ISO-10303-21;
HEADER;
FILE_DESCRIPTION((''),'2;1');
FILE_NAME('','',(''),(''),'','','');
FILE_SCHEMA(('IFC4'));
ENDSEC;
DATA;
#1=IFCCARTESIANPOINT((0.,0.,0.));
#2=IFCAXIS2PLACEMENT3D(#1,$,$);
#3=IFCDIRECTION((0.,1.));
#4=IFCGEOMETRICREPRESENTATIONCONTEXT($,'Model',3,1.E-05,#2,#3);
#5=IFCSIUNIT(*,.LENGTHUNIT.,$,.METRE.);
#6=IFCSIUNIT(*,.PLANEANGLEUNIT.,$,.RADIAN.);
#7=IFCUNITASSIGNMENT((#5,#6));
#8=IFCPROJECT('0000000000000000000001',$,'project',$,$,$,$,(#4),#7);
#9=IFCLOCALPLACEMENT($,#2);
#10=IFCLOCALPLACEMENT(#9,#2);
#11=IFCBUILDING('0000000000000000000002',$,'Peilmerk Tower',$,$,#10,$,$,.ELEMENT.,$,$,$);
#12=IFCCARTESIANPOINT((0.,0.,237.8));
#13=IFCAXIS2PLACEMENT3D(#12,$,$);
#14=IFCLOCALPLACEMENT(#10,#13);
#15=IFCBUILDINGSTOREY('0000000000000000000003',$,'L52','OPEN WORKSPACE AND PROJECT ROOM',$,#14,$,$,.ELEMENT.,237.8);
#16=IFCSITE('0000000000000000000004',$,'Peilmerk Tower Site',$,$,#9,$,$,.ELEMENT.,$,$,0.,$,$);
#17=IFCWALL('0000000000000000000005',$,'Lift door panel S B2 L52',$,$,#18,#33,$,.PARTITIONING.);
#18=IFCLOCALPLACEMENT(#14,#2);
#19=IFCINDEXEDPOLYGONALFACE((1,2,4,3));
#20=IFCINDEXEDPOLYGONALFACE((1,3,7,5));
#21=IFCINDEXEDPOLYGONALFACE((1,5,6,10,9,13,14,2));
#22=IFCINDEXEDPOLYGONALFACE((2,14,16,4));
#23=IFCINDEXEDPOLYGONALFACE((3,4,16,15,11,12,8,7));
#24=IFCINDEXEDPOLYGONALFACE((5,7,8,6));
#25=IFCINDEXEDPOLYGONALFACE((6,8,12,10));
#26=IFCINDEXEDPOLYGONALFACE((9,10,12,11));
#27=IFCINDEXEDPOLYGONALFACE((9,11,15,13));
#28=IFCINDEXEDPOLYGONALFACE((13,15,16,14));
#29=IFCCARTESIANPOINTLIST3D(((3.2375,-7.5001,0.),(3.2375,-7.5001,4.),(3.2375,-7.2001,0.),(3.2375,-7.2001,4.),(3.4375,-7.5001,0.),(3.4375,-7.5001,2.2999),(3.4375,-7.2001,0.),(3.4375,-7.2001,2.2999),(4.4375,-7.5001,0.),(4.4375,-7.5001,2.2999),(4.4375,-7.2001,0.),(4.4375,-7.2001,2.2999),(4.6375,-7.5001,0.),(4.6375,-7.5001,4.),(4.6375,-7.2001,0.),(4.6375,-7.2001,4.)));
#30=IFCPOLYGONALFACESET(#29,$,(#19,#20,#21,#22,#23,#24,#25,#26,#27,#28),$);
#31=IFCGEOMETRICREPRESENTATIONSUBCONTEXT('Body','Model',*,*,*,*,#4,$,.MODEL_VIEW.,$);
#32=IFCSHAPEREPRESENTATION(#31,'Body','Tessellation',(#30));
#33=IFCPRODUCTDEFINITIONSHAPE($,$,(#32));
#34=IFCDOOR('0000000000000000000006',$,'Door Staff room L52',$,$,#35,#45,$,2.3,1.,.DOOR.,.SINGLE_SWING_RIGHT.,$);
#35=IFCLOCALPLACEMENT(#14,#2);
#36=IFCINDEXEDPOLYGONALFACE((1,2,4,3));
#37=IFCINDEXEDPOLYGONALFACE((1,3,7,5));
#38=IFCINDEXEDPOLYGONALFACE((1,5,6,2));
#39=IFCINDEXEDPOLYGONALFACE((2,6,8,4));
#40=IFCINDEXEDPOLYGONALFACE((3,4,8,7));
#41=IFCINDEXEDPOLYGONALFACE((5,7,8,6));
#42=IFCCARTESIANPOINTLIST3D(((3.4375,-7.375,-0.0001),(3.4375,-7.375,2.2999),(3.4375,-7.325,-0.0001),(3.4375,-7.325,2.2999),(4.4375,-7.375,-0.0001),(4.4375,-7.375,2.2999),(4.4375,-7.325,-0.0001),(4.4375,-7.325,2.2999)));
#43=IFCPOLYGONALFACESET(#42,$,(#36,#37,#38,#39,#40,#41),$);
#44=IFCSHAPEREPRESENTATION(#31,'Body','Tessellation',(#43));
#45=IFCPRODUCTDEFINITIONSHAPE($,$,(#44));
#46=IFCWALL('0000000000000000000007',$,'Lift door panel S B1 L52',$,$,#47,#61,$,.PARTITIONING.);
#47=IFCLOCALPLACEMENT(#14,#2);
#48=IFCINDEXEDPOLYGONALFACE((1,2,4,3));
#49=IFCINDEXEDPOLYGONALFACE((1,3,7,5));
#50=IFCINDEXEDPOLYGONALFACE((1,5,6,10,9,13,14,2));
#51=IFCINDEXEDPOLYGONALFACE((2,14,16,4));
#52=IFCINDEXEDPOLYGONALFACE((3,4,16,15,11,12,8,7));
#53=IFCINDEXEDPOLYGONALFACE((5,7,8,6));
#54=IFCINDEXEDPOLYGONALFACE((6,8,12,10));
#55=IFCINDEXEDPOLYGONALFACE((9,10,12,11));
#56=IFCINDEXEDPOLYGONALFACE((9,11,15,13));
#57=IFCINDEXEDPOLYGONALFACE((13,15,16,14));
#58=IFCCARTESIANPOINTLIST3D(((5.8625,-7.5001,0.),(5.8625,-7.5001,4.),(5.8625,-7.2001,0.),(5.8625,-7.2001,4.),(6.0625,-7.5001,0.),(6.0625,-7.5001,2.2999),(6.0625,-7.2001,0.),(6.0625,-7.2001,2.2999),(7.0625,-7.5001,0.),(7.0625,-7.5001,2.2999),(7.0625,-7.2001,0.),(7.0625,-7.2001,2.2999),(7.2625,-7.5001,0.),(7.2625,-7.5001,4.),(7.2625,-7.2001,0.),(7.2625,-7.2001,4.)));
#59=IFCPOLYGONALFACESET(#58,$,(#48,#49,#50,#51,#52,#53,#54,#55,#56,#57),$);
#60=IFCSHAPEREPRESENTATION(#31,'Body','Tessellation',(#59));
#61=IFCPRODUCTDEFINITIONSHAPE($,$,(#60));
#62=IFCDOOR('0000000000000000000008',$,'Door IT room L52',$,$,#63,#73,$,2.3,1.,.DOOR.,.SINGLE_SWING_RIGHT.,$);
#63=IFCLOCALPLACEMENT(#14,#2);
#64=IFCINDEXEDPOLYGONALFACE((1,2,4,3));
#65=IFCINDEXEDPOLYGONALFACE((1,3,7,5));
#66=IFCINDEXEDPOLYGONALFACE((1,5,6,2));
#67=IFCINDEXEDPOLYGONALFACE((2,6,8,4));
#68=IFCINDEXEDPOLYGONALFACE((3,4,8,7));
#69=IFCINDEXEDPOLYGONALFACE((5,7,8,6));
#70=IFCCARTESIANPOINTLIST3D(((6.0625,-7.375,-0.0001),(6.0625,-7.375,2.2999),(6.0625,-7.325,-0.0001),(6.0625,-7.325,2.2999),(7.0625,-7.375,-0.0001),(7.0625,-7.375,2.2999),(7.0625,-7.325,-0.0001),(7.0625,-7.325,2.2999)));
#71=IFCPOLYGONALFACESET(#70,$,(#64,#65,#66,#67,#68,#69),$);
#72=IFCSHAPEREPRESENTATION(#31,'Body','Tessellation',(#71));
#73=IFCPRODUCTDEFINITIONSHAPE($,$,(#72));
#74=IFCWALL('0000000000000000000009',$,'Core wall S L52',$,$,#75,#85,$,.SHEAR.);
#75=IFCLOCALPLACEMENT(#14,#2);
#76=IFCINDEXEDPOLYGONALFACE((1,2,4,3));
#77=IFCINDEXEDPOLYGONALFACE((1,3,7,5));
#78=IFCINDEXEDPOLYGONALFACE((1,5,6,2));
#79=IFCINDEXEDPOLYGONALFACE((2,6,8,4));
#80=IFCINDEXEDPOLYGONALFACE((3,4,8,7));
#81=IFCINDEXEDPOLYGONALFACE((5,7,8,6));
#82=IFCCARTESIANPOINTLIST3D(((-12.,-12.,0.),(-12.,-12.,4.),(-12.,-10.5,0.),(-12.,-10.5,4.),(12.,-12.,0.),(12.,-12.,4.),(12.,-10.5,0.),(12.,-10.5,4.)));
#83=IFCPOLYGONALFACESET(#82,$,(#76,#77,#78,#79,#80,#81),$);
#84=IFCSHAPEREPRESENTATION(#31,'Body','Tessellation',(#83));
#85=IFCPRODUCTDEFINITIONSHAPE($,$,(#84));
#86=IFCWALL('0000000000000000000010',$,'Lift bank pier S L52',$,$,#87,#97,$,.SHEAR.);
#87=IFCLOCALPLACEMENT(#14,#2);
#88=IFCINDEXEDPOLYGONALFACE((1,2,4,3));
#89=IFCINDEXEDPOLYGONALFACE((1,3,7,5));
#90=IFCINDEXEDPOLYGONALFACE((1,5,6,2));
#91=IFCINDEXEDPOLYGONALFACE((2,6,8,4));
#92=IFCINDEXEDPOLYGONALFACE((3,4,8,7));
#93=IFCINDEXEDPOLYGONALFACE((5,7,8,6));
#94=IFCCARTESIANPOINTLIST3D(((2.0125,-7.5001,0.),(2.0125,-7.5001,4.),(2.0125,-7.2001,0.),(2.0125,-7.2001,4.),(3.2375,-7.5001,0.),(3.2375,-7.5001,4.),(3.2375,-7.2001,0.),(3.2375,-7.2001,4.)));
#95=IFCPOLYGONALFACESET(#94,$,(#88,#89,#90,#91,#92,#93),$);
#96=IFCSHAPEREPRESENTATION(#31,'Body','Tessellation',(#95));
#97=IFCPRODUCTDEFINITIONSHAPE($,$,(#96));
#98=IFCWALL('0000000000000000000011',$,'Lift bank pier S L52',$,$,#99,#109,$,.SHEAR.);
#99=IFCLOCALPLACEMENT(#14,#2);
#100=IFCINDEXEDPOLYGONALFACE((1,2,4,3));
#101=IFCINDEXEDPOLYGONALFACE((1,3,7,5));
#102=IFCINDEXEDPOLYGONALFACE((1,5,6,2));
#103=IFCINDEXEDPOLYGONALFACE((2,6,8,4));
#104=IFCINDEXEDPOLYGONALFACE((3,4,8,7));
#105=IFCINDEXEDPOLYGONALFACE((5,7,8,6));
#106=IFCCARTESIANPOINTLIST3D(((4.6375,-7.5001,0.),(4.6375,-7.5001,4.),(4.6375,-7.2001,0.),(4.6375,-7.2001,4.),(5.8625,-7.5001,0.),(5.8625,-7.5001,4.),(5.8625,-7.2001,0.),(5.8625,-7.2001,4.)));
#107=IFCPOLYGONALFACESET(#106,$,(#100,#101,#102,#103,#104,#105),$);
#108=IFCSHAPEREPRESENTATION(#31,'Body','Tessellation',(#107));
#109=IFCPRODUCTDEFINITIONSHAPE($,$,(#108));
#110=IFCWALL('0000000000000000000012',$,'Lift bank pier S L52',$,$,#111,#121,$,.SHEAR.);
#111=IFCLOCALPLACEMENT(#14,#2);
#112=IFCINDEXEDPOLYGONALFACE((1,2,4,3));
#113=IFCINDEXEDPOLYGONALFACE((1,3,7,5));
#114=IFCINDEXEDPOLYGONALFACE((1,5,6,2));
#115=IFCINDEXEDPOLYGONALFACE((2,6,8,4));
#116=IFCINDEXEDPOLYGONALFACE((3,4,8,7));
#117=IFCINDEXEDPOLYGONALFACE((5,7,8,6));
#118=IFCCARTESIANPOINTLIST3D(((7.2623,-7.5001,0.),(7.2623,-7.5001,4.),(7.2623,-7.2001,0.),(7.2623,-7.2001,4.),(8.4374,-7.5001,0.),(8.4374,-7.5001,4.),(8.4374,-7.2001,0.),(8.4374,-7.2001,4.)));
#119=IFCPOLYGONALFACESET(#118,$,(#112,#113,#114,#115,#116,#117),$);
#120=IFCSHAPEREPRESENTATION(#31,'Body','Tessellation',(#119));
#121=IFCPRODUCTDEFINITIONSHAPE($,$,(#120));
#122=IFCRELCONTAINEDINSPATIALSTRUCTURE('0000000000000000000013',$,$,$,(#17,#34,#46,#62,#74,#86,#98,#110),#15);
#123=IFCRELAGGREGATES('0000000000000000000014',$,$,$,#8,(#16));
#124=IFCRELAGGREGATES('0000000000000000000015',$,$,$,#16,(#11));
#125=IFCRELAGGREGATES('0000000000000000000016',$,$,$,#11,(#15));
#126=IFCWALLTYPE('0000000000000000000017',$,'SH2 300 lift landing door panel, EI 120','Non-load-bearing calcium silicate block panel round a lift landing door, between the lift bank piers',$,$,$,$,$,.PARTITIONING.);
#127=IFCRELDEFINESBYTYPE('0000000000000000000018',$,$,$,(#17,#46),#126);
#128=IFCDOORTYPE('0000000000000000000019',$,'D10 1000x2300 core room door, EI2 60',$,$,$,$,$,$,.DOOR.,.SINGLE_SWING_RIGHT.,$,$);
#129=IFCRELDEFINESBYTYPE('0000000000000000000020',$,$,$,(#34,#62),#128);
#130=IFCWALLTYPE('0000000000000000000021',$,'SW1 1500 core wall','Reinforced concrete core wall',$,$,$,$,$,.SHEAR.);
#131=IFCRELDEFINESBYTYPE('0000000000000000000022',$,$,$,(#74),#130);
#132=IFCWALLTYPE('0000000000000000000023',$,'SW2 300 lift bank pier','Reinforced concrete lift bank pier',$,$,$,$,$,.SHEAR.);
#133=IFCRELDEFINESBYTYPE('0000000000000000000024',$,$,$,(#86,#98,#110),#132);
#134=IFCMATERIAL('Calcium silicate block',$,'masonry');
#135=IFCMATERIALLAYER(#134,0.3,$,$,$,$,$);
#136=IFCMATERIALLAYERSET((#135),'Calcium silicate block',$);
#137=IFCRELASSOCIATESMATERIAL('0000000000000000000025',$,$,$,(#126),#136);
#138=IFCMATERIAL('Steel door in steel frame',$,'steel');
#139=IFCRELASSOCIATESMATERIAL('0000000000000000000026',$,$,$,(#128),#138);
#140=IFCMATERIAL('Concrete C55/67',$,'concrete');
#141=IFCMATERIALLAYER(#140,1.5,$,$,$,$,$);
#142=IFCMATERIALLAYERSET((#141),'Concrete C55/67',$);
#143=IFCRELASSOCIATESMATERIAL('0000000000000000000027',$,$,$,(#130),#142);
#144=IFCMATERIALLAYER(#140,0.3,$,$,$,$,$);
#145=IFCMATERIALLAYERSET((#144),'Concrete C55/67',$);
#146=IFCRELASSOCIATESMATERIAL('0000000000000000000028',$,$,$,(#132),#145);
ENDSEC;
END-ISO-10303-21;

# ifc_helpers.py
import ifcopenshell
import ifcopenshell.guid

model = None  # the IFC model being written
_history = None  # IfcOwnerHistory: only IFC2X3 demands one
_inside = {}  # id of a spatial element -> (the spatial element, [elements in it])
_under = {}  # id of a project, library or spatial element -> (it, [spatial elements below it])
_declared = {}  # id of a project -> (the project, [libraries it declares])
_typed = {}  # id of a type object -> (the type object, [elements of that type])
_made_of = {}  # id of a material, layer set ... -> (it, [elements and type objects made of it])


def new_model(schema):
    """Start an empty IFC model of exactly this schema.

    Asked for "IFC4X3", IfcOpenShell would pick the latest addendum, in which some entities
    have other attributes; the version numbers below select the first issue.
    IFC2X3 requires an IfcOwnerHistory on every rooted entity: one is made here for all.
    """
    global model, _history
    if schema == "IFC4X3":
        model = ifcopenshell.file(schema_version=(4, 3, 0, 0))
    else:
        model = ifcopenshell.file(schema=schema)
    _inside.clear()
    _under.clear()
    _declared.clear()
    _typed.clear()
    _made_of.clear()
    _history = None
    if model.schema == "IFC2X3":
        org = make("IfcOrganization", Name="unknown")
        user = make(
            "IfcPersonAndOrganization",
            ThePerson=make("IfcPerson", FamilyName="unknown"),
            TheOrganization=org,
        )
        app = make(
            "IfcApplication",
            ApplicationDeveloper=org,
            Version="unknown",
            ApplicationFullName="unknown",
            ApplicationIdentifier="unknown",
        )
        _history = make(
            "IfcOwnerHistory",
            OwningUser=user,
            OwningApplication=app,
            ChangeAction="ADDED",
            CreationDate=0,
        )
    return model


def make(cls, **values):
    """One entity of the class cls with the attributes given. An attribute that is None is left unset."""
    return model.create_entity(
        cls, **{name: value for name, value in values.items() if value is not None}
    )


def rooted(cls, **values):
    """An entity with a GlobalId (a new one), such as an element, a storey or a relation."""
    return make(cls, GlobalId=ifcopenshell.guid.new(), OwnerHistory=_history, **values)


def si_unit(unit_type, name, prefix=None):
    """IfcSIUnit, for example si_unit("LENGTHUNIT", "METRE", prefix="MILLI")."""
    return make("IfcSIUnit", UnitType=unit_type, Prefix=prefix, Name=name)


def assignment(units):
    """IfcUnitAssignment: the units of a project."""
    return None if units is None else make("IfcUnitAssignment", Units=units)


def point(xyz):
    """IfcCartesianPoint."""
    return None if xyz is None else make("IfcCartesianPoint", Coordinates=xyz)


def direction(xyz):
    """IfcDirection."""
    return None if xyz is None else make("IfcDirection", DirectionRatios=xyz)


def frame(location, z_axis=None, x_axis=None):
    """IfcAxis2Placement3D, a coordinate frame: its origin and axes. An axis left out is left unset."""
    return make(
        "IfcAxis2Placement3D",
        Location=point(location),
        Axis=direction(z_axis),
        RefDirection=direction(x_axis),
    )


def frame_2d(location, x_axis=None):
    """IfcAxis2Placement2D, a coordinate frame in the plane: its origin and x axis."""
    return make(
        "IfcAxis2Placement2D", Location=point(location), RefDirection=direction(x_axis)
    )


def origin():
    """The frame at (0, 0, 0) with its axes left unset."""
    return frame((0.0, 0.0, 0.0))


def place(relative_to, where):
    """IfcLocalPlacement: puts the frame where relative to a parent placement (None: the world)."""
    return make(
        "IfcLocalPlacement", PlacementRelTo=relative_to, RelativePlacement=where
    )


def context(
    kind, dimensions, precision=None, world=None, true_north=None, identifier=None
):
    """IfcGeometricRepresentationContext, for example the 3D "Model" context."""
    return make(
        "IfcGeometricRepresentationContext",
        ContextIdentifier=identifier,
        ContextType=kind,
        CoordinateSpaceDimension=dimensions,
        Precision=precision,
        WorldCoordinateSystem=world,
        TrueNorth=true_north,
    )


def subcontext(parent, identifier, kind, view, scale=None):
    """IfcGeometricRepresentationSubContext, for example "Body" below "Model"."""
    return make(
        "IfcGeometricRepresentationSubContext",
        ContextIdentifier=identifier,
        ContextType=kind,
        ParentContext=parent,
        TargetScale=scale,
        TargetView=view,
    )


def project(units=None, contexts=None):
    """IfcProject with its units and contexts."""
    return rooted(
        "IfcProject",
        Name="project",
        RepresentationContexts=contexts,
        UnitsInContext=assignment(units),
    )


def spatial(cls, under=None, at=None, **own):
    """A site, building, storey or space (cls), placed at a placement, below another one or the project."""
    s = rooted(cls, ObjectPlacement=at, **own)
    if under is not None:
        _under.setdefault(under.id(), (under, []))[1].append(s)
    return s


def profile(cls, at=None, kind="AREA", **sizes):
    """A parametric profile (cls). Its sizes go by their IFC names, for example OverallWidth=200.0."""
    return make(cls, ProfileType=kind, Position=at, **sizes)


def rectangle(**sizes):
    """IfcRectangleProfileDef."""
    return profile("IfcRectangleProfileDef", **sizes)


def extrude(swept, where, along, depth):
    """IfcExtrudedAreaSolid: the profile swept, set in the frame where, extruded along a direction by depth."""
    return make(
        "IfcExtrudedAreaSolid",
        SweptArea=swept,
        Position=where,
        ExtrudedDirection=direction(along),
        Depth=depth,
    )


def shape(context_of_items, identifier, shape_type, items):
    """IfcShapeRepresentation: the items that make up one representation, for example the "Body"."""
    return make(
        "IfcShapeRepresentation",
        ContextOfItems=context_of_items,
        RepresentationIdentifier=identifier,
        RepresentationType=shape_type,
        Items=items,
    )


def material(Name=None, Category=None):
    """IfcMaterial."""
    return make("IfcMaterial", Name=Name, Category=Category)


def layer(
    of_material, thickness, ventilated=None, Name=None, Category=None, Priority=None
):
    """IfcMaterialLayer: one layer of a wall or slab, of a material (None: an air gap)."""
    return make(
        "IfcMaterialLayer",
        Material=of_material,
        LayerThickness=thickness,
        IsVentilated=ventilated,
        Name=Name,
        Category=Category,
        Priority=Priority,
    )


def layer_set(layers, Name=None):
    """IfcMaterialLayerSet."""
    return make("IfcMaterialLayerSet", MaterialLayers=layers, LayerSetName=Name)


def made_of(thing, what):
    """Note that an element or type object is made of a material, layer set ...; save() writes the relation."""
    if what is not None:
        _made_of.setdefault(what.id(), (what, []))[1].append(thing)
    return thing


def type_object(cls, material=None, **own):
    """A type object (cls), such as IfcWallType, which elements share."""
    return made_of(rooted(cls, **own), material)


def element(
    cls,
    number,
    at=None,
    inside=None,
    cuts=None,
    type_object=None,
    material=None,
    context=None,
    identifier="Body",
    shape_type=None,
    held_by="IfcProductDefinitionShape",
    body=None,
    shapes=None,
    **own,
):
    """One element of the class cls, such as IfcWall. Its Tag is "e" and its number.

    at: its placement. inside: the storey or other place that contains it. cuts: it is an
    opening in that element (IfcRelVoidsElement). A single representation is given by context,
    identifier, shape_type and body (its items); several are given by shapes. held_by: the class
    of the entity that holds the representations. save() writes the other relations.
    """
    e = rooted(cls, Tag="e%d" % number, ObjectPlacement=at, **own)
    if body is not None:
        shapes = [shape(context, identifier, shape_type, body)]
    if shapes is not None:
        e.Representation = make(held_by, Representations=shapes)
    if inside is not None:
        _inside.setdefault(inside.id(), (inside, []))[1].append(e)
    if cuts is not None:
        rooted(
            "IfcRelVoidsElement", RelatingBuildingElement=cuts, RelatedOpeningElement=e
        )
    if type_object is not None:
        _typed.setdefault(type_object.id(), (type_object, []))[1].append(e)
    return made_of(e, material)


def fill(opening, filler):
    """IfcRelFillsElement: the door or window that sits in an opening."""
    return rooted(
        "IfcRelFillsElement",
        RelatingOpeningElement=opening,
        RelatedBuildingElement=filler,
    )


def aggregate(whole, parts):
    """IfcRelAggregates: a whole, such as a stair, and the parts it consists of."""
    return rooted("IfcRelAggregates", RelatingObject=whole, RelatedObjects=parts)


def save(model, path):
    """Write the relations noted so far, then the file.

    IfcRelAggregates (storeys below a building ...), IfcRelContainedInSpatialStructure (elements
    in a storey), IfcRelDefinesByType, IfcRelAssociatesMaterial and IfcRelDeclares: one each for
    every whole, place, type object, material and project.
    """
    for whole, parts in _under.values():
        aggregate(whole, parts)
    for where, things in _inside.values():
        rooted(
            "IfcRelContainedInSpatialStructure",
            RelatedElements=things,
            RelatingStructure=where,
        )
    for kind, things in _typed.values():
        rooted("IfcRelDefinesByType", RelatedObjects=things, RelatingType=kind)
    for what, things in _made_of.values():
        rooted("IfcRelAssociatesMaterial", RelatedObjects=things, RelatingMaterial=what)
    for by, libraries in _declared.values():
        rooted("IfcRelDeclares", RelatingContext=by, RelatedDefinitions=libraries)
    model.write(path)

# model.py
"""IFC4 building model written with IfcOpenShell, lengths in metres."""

from ifc_helpers import new_model, si_unit, direction, frame, frame_2d, origin, place, context, subcontext, project, spatial, rectangle, extrude, material, layer, layer_set, type_object, element, fill, save


model = new_model("IFC4")

# Units and contexts
model_context = context("Model", 3, precision=1e-05, world=origin(), true_north=direction((0.0, 1.0)))
body_context = subcontext(model_context, "Body", "Model", "MODEL_VIEW")
ifc_project = project(units=[si_unit("LENGTHUNIT", "METRE"), si_unit("PLANEANGLEUNIT", "RADIAN")], contexts=[model_context])

# Site, building, storey
site_placement = place(None, origin())
site = spatial("IfcSite", under=ifc_project, at=site_placement, Name="Peilmerk Tower Site", CompositionType="ELEMENT", RefElevation=0.0)
building_placement = place(site_placement, origin())
building = spatial("IfcBuilding", under=site, at=building_placement, Name="Peilmerk Tower", CompositionType="ELEMENT")
storey_placement = place(building_placement, frame((0.0, 0.0, 237.8)))
storey = spatial("IfcBuildingStorey", under=building, at=storey_placement, Name="L52", Description="OPEN WORKSPACE AND PROJECT ROOM", CompositionType="ELEMENT", Elevation=237.8)

# Shared definitions
ifc_material_1 = material(Name="Calcium silicate block", Category="masonry")

# Shared definitions
ifc_layer_1 = layer(ifc_material_1, 0.3)
ifc_layer_set_1 = layer_set([ifc_layer_1], Name="Calcium silicate block")
wall_type_1 = type_object("IfcWallType", Name="SH2 300 lift landing door panel, EI 120", Description="Non-load-bearing calcium silicate block panel round a lift landing door, between the lift bank piers", PredefinedType="PARTITIONING", material=ifc_layer_set_1)

# Walls, openings, doors
wall_1_placement = place(storey_placement, frame((3.2375, -7.3501, 0.0), z_axis=(0.0, 0.0, 1.0), x_axis=(1.0, 0.0, 0.0)))
wall_1 = element("IfcWall", 1, at=wall_1_placement, inside=storey, type_object=wall_type_1, Name="Lift door panel S B2 L52", PredefinedType="PARTITIONING", context=body_context, shape_type="SweptSolid", body=[
    extrude(rectangle(XDim=1.3999, YDim=0.3, at=frame_2d((0.7, 0.0))), origin(), (0.0, 0.0, 1.0), 4.0),
])
opening_1_placement = place(wall_1_placement, frame((0.2, 0.0, 0.0)))
opening_1 = element("IfcOpeningElement", 2, at=opening_1_placement, cuts=wall_1, PredefinedType="OPENING", context=body_context, shape_type="SweptSolid", body=[
    extrude(rectangle(XDim=1.0, YDim=2.3, at=frame_2d((0.5, 1.1499))), frame((0.0, 0.1599, 0.0), z_axis=(0.0, -1.0, 0.0), x_axis=(1.0, 0.0, 0.0)), (0.0, 0.0, 1.0), 0.3201),
])
ifc_material_2 = material(Name="Steel door in steel frame", Category="steel")
door_type_1 = type_object("IfcDoorType", Name="D10 1000x2300 core room door, EI2 60", OperationType="SINGLE_SWING_RIGHT", PredefinedType="DOOR", material=ifc_material_2)
door_1_placement = place(opening_1_placement, frame((1.0, 0.0, 0.0), z_axis=(0.0, 0.0, 1.0), x_axis=(-1.0, 0.0, 0.0)))
door_1 = element("IfcDoor", 3, at=door_1_placement, inside=storey, type_object=door_type_1, Name="Door Staff room L52", OperationType="SINGLE_SWING_RIGHT", OverallHeight=2.3, OverallWidth=1.0, PredefinedType="DOOR", context=body_context, shape_type="SweptSolid", body=[
    extrude(rectangle(XDim=1.0, YDim=2.3, at=frame_2d((0.5, 1.1499))), frame((0.0, 0.0249, 0.0), z_axis=(0.0, -1.0, 0.0), x_axis=(1.0, 0.0, 0.0)), (0.0, 0.0, 1.0), 0.05),
])
fill(opening_1, door_1)
wall_2_placement = place(storey_placement, frame((5.8625, -7.3501, 0.0), z_axis=(0.0, 0.0, 1.0), x_axis=(1.0, 0.0, 0.0)))
wall_2 = element("IfcWall", 4, at=wall_2_placement, inside=storey, type_object=wall_type_1, Name="Lift door panel S B1 L52", PredefinedType="PARTITIONING", context=body_context, shape_type="SweptSolid", body=[
    extrude(rectangle(XDim=1.3999, YDim=0.3, at=frame_2d((0.7, 0.0))), origin(), (0.0, 0.0, 1.0), 4.0),
])
opening_2_placement = place(wall_2_placement, frame((0.2, 0.0, 0.0)))
opening_2 = element("IfcOpeningElement", 5, at=opening_2_placement, cuts=wall_2, PredefinedType="OPENING", context=body_context, shape_type="SweptSolid", body=[
    extrude(rectangle(XDim=1.0, YDim=2.3, at=frame_2d((0.5, 1.1499))), frame((0.0, 0.1599, 0.0), z_axis=(0.0, -1.0, 0.0), x_axis=(1.0, 0.0, 0.0)), (0.0, 0.0, 1.0), 0.3201),
])
door_2_placement = place(opening_2_placement, frame((1.0, 0.0, 0.0), z_axis=(0.0, 0.0, 1.0), x_axis=(-1.0, 0.0, 0.0)))
door_2 = element("IfcDoor", 6, at=door_2_placement, inside=storey, type_object=door_type_1, Name="Door IT room L52", OperationType="SINGLE_SWING_RIGHT", OverallHeight=2.3, OverallWidth=1.0, PredefinedType="DOOR", context=body_context, shape_type="SweptSolid", body=[
    extrude(rectangle(XDim=1.0, YDim=2.3, at=frame_2d((0.5, 1.1499))), frame((0.0, 0.0249, 0.0), z_axis=(0.0, -1.0, 0.0), x_axis=(1.0, 0.0, 0.0)), (0.0, 0.0, 1.0), 0.05),
])
fill(opening_2, door_2)

# Walls
ifc_material_3 = material(Name="Concrete C55/67", Category="concrete")
ifc_layer_2 = layer(ifc_material_3, 1.5)
ifc_layer_set_2 = layer_set([ifc_layer_2], Name="Concrete C55/67")
wall_type_2 = type_object("IfcWallType", Name="SW1 1500 core wall", Description="Reinforced concrete core wall", PredefinedType="SHEAR", material=ifc_layer_set_2)
wall_3_placement = place(storey_placement, frame((12.0, -11.25, 0.0), z_axis=(0.0, 0.0, 1.0), x_axis=(-1.0, 0.0, 0.0)))
element("IfcWall", 7, at=wall_3_placement, inside=storey, type_object=wall_type_2, Name="Core wall S L52", PredefinedType="SHEAR", context=body_context, shape_type="SweptSolid", body=[
    extrude(rectangle(XDim=24.0, YDim=1.5, at=frame_2d((12.0, 0.0))), origin(), (0.0, 0.0, 1.0), 4.0),
])
ifc_layer_3 = layer(ifc_material_3, 0.3)
ifc_layer_set_3 = layer_set([ifc_layer_3], Name="Concrete C55/67")
wall_type_3 = type_object("IfcWallType", Name="SW2 300 lift bank pier", Description="Reinforced concrete lift bank pier", PredefinedType="SHEAR", material=ifc_layer_set_3)
for number, where, z_axis, x_axis, name in (
    (8, (2.0125, -7.3501, 0.0), (0.0, 0.0, 1.0), (1.0, 0.0, 0.0), "Lift bank pier S L52"),
    (9, (4.6375, -7.3501, 0.0), (0.0, 0.0, 1.0), (1.0, 0.0, 0.0), "Lift bank pier S L52"),
):
    element("IfcWall", number, at=place(storey_placement, frame(where, z_axis=z_axis, x_axis=x_axis)), inside=storey, type_object=wall_type_3, Name=name, PredefinedType="SHEAR", context=body_context, shape_type="SweptSolid", body=[
        extrude(rectangle(XDim=1.2251, YDim=0.3, at=frame_2d((0.6125, 0.0))), origin(), (0.0, 0.0, 1.0), 4.0),
    ])
wall_4_placement = place(storey_placement, frame((7.2625, -7.3501, 0.0), z_axis=(0.0, 0.0, 1.0), x_axis=(1.0, 0.0, 0.0)))
element("IfcWall", 10, at=wall_4_placement, inside=storey, type_object=wall_type_3, Name="Lift bank pier S L52", PredefinedType="SHEAR", context=body_context, shape_type="SweptSolid", body=[
    extrude(rectangle(XDim=1.175, YDim=0.3, at=frame_2d((0.5874, 0.0))), origin(), (0.0, 0.0, 1.0), 4.0),
])

save(model, "model.ifc")
